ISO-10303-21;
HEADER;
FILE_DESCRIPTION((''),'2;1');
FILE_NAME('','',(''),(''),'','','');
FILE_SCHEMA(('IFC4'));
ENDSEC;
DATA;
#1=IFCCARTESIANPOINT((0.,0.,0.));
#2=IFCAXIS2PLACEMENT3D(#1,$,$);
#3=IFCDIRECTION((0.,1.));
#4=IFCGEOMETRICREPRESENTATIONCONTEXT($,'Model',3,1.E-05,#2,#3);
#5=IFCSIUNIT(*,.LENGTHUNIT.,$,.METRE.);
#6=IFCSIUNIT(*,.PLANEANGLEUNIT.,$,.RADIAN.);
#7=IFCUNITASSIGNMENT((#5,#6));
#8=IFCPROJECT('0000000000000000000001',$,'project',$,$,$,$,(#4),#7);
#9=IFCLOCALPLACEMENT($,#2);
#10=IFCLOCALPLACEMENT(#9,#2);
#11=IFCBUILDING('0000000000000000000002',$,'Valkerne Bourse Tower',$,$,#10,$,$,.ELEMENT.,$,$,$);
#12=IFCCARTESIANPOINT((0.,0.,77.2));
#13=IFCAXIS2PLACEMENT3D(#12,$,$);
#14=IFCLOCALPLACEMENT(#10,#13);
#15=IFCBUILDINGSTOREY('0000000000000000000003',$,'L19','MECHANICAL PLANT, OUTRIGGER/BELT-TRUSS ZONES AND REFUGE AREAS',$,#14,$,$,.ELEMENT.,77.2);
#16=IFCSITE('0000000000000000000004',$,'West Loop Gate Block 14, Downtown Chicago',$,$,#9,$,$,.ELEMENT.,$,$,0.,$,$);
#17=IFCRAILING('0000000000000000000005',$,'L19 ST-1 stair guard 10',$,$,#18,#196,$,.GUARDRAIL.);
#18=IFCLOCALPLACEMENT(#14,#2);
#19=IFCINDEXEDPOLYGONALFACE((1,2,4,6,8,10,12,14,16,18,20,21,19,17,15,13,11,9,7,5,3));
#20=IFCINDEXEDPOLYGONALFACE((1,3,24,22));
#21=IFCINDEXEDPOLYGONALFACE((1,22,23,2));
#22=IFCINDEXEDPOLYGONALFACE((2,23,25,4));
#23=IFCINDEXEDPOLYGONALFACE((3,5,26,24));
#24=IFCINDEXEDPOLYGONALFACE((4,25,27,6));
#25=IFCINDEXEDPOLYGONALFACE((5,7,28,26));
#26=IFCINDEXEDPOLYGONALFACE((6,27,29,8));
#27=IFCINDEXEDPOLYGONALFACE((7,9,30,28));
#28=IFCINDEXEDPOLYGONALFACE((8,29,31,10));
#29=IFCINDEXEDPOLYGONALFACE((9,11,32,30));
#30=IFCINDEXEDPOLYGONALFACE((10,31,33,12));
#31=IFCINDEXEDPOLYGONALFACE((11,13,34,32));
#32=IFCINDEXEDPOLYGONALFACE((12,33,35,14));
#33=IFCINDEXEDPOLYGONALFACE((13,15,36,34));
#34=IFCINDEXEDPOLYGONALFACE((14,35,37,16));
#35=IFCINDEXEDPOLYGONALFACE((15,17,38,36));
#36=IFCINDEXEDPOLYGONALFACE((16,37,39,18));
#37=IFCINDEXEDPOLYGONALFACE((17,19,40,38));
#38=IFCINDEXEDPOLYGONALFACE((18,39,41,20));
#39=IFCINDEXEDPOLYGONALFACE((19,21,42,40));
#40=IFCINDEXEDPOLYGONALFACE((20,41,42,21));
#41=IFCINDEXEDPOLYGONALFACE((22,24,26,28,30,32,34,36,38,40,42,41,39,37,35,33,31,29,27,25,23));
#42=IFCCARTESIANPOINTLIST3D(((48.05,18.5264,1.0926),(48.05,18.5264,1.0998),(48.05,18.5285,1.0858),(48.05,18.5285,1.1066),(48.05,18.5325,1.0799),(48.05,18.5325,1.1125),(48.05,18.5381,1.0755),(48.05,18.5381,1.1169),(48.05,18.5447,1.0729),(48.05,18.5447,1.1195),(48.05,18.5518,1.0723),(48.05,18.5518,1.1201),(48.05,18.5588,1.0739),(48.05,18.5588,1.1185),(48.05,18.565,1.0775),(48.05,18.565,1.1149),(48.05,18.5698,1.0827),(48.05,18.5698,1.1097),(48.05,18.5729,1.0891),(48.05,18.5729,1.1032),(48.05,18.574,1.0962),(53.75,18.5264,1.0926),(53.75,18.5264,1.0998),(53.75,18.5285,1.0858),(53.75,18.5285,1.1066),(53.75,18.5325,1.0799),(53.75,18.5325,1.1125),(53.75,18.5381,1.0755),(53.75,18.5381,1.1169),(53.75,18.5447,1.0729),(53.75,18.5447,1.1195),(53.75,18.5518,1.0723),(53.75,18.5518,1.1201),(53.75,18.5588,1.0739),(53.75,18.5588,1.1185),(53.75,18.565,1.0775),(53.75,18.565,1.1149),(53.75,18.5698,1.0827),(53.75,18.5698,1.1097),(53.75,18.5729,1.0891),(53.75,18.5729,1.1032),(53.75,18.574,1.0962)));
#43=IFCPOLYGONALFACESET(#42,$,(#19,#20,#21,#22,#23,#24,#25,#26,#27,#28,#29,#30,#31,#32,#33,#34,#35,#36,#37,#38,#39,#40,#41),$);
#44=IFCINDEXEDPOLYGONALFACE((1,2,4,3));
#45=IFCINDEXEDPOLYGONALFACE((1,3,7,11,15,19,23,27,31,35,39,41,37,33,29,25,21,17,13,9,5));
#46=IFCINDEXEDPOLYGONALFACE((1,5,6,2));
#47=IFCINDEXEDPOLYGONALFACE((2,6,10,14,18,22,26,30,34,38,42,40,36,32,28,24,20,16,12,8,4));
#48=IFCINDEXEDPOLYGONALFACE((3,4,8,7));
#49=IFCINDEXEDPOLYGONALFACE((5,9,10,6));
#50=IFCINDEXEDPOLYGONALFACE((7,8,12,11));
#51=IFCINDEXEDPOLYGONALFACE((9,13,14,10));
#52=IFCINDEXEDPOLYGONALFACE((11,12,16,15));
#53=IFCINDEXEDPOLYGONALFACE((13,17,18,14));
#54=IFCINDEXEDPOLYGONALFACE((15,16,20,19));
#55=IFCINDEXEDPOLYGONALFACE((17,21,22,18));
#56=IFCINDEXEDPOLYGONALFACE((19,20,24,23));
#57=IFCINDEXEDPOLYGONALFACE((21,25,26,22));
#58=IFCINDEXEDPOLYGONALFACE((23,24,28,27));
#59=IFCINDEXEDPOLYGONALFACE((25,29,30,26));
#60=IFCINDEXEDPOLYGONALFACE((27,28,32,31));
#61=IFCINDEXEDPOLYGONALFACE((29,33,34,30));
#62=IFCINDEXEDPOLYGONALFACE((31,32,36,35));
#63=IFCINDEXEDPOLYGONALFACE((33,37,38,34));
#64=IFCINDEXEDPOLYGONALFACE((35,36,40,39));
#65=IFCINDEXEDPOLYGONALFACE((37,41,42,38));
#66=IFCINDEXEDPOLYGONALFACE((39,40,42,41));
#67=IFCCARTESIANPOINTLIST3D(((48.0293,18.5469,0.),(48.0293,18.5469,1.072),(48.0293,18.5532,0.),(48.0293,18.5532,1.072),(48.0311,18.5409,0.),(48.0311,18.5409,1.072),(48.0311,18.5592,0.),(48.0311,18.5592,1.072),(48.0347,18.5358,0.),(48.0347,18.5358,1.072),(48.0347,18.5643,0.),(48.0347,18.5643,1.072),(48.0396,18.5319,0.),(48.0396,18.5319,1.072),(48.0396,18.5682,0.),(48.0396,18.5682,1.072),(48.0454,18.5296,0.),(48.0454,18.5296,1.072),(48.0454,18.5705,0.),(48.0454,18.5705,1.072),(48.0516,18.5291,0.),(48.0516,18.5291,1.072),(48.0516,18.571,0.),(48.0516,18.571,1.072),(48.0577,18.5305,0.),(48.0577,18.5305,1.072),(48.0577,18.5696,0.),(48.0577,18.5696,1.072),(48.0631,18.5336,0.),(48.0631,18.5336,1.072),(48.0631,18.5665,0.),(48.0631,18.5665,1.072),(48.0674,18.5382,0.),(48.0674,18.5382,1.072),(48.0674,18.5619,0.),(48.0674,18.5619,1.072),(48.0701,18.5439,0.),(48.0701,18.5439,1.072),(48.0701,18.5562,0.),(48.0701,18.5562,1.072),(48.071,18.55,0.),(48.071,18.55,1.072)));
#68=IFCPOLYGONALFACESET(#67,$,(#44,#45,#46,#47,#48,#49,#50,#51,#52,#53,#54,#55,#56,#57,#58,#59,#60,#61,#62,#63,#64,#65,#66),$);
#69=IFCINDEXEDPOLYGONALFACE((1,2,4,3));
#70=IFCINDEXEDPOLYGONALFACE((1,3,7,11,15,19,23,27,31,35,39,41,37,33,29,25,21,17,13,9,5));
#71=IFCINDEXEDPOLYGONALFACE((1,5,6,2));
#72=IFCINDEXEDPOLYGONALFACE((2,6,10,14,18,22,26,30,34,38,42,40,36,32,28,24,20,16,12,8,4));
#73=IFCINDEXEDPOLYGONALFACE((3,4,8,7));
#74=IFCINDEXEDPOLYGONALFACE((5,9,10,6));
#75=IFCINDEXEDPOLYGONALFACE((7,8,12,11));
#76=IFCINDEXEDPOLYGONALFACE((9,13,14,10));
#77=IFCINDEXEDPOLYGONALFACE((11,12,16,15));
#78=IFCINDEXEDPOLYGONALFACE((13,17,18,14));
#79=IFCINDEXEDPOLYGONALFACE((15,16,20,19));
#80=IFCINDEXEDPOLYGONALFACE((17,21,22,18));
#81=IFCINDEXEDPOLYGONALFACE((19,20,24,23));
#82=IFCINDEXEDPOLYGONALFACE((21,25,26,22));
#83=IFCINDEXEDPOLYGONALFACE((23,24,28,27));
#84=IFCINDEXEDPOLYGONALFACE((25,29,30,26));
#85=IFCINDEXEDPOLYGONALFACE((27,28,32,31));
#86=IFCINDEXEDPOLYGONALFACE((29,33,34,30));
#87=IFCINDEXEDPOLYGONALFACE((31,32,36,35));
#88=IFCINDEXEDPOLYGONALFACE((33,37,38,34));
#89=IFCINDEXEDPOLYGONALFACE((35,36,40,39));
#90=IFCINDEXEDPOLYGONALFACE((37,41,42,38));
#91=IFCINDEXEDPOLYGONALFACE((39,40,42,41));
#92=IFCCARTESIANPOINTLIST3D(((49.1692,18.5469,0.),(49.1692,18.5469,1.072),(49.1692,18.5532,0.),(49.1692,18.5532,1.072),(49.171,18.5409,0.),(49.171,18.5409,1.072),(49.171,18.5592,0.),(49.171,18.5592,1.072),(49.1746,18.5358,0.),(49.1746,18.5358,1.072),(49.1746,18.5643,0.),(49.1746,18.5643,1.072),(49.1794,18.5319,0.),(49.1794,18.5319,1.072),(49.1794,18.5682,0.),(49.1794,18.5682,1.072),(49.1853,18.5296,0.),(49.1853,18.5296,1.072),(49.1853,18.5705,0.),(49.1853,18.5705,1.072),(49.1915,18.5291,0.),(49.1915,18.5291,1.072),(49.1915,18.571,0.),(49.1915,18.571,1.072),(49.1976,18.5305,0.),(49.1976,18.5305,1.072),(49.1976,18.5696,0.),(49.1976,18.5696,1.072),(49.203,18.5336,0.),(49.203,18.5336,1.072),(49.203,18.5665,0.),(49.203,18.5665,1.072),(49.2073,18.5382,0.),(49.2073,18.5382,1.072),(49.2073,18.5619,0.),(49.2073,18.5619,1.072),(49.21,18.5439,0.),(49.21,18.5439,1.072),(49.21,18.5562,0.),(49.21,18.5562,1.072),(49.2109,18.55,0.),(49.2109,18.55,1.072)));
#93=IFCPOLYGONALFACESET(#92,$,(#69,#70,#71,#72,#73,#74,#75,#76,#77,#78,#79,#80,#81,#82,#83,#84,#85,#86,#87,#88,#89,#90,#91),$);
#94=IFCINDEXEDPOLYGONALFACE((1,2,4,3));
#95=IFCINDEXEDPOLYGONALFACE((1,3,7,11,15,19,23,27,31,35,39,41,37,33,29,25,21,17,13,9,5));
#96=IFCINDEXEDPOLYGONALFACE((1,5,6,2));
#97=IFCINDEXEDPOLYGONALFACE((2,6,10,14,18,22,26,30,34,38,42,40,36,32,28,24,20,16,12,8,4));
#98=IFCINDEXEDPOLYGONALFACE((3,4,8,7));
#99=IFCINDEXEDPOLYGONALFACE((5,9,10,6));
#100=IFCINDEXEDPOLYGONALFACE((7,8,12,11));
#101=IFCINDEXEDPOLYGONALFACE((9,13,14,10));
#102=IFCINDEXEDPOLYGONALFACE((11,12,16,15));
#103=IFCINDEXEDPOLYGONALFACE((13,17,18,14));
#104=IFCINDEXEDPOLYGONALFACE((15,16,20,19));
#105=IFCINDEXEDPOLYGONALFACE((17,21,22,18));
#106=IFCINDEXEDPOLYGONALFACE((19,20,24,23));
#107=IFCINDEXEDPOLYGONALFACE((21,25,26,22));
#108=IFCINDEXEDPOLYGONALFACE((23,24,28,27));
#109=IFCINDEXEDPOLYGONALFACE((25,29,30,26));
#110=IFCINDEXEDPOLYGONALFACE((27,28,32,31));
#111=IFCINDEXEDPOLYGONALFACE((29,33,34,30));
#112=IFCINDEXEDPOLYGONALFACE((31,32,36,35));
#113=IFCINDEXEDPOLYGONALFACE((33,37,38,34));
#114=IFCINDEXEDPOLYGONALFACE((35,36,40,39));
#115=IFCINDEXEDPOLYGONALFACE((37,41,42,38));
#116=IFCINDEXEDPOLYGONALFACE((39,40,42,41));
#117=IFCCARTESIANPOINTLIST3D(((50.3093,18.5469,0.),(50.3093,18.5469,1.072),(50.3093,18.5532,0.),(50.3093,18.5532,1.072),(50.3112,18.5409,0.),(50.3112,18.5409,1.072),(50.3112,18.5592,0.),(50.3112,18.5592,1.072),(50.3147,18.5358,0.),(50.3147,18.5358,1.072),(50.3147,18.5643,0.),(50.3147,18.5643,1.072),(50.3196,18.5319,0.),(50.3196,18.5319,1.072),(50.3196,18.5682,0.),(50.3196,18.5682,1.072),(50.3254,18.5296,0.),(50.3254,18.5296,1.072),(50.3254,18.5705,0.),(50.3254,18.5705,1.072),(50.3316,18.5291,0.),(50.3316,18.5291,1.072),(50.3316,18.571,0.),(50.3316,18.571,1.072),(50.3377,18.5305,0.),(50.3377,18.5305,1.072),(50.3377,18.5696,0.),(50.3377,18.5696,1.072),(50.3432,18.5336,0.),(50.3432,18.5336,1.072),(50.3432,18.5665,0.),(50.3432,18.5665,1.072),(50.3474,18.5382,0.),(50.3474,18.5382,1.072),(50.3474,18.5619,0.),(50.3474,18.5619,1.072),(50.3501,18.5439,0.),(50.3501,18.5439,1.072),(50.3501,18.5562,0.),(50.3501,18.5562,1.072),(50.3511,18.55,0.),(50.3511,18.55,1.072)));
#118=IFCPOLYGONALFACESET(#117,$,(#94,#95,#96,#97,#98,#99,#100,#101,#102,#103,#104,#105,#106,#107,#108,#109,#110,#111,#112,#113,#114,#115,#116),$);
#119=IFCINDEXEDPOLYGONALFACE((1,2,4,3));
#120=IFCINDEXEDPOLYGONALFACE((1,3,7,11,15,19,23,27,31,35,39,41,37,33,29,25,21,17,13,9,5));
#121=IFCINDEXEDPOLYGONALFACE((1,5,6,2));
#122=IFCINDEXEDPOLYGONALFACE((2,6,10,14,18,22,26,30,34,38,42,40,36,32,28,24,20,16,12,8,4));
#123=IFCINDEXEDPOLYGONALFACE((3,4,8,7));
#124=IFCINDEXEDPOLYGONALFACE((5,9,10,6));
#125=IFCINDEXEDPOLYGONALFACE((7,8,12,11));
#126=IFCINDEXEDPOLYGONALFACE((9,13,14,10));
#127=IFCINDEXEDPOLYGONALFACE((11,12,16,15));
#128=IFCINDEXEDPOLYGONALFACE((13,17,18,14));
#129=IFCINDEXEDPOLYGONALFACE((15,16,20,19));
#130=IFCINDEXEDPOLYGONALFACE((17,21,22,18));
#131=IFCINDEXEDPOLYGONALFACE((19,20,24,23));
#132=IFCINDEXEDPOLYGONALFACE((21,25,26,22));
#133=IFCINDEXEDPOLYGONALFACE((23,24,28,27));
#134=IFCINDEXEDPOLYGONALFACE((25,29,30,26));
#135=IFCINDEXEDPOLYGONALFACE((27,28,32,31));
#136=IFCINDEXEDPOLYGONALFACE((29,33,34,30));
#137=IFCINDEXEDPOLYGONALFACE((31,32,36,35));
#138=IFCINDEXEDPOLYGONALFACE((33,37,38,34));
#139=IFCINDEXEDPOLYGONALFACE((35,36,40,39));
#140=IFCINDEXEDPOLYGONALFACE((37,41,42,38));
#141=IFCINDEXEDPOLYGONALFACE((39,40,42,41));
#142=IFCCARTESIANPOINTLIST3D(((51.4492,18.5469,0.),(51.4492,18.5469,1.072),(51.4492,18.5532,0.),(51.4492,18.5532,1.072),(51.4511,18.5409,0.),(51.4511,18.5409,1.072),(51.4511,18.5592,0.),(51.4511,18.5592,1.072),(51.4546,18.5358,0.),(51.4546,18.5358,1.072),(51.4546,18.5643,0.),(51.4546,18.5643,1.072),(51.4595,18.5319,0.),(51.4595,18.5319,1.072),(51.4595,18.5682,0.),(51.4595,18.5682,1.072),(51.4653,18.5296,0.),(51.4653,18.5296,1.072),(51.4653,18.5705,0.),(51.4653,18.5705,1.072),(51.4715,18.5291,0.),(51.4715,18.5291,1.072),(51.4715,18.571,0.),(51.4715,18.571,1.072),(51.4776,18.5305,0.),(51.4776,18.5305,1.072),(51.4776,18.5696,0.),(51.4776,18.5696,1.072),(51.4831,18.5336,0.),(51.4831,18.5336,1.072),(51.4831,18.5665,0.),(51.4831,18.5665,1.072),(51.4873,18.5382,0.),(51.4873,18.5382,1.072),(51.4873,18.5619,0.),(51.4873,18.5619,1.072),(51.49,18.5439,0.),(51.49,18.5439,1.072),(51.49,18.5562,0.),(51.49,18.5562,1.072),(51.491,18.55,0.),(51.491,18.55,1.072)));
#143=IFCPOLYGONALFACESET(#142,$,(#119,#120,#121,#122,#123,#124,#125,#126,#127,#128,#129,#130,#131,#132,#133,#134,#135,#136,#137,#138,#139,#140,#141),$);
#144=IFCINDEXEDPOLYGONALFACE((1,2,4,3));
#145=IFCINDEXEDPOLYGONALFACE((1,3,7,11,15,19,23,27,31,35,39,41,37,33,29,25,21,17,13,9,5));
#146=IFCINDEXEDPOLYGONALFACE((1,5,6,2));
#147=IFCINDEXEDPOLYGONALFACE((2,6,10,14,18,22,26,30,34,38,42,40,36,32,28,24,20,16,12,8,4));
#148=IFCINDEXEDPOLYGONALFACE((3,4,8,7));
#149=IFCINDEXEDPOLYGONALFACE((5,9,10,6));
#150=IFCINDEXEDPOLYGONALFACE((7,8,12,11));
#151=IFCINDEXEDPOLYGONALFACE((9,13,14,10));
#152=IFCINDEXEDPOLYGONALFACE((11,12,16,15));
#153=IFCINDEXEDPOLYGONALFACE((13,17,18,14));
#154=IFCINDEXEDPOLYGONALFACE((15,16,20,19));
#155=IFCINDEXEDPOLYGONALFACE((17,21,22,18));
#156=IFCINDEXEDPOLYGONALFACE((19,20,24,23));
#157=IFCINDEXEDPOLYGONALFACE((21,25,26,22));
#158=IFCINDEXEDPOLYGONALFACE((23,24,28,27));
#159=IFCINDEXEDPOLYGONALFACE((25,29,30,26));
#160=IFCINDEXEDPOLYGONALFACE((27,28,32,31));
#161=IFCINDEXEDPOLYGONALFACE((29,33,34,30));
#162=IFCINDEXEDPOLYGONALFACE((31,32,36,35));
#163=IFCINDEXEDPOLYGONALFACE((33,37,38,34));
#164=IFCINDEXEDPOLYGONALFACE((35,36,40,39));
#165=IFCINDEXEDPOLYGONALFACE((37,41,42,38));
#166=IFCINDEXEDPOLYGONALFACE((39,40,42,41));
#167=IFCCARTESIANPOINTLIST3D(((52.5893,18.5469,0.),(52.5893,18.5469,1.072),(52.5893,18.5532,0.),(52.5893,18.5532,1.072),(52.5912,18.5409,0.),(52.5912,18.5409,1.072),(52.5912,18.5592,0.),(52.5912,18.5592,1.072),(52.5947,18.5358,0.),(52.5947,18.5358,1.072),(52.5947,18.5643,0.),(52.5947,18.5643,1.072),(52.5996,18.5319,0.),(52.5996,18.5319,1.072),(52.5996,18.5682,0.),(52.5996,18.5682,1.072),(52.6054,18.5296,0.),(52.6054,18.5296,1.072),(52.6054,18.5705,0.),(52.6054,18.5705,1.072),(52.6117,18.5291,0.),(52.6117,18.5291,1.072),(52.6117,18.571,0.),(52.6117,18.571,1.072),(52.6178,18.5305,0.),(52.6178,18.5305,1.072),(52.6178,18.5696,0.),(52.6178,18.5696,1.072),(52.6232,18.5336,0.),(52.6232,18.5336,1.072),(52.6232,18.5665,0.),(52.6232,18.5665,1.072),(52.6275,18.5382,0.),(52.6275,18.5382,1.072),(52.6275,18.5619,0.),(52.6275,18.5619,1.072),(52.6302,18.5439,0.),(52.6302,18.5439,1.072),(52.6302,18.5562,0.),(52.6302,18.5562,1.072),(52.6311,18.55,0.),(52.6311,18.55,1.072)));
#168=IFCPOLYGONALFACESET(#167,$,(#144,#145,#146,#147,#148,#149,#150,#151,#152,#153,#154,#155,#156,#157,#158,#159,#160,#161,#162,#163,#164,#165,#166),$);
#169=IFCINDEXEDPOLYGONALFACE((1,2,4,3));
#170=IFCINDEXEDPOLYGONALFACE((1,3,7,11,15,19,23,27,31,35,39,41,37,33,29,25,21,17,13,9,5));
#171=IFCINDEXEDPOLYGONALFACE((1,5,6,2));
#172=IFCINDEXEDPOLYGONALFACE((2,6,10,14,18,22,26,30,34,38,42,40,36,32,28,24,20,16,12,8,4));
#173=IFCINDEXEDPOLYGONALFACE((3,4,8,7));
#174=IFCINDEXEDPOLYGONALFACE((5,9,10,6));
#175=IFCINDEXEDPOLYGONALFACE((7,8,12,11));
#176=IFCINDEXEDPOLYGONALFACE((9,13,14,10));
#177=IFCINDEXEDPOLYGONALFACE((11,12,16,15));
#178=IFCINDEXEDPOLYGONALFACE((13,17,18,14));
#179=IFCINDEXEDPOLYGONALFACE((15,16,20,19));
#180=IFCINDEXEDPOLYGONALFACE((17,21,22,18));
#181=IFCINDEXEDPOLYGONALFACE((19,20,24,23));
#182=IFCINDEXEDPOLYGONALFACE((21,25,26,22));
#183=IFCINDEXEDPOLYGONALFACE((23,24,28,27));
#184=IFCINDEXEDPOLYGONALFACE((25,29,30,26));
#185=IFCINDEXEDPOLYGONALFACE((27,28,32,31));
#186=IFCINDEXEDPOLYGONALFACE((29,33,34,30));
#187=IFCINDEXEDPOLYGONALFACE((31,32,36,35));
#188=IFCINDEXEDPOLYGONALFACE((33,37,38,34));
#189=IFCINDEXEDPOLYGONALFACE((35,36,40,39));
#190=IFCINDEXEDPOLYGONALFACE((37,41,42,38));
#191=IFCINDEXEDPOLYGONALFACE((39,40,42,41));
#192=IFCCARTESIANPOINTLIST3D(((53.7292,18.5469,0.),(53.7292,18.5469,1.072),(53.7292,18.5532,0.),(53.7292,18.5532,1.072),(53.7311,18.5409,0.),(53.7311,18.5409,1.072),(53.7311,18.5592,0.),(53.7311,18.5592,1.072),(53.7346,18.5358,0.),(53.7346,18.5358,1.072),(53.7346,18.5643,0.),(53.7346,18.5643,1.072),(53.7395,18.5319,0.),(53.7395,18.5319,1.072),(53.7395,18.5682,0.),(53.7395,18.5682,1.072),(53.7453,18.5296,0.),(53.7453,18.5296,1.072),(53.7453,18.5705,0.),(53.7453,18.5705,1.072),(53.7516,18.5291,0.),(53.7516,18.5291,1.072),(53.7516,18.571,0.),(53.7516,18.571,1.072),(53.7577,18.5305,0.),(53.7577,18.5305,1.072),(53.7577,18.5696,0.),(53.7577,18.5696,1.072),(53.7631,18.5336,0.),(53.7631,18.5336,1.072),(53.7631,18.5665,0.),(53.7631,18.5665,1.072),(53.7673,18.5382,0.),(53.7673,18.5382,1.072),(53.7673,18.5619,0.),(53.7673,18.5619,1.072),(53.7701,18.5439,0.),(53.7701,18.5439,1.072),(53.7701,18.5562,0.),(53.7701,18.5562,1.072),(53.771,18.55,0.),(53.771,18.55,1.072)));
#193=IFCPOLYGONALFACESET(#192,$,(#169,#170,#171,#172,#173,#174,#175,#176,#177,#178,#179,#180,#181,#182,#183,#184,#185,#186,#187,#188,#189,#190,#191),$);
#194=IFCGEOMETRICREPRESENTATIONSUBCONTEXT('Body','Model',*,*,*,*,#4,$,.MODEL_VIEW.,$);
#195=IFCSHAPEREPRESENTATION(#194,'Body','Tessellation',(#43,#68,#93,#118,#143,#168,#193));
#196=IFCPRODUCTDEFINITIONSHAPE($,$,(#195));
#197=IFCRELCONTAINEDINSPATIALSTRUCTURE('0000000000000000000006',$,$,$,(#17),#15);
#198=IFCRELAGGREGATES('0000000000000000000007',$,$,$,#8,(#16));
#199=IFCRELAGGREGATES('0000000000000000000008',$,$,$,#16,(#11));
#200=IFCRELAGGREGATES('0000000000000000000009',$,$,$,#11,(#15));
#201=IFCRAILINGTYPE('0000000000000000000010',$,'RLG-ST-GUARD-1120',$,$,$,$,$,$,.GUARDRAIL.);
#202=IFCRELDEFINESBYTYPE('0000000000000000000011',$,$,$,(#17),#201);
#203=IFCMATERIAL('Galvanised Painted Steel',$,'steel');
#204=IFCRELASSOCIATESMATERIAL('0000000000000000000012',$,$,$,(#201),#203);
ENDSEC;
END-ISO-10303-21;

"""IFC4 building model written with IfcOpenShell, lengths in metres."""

from ifc_helpers import new_model, si_unit, direction, frame, origin, origin_2d, place, context, subcontext, project, spatial, circle, extrude, material, type_object, element, save


model = new_model("IFC4")

# Units and contexts
model_context = context("Model", 3, precision=1e-05, world=origin(), true_north=direction((0.0, 1.0)))
body_context = subcontext(model_context, "Body", "Model", "MODEL_VIEW")
ifc_project = project(units=[si_unit("LENGTHUNIT", "METRE"), si_unit("PLANEANGLEUNIT", "RADIAN")], contexts=[model_context])

# Site, building, storey
site_placement = place(None, origin())
site = spatial("IfcSite", under=ifc_project, at=site_placement, Name="West Loop Gate Block 14, Downtown Chicago", CompositionType="ELEMENT", RefElevation=0.0)
building_placement = place(site_placement, origin())
building = spatial("IfcBuilding", under=site, at=building_placement, Name="Valkerne Bourse Tower", CompositionType="ELEMENT")
storey_placement = place(building_placement, frame((0.0, 0.0, 77.2)))
storey = spatial("IfcBuildingStorey", under=building, at=storey_placement, Name="L19", Description="MECHANICAL PLANT, OUTRIGGER/BELT-TRUSS ZONES AND REFUGE AREAS", CompositionType="ELEMENT", Elevation=77.2)

# Shared definitions
ifc_material_1 = material(Name="Galvanised Painted Steel", Category="steel")

# Railing
railing_type_1 = type_object("IfcRailingType", Name="RLG-ST-GUARD-1120", PredefinedType="GUARDRAIL", material=ifc_material_1)
railing_1_placement = place(storey_placement, frame((48.05, 18.55, 0.0)))
element("IfcRailing", 1, at=railing_1_placement, inside=storey, type_object=railing_type_1, Name="L19 ST-1 stair guard 10", PredefinedType="GUARDRAIL", context=body_context, shape_type="SweptSolid", body=[
    extrude(circle(Radius=0.0239, at=origin_2d()), frame((0.0, 0.0, 1.0962), z_axis=(1.0, 0.0, 0.0), x_axis=(0.0, 1.0, 0.0)), (0.0, 0.0, 1.0), 5.7),
    extrude(circle(Radius=0.021, at=origin_2d()), origin(), (0.0, 0.0, 1.0), 1.072),
    extrude(circle(Radius=0.021, at=origin_2d()), frame((1.1399, 0.0, 0.0)), (0.0, 0.0, 1.0), 1.072),
    extrude(circle(Radius=0.021, at=origin_2d()), frame((2.28, 0.0, 0.0)), (0.0, 0.0, 1.0), 1.072),
    extrude(circle(Radius=0.021, at=origin_2d()), frame((3.4199, 0.0, 0.0)), (0.0, 0.0, 1.0), 1.072),
    extrude(circle(Radius=0.021, at=origin_2d()), frame((4.5601, 0.0, 0.0)), (0.0, 0.0, 1.0), 1.072),
    extrude(circle(Radius=0.021, at=origin_2d()), frame((5.7, 0.0, 0.0)), (0.0, 0.0, 1.0), 1.072),
])

save(model, "model.ifc")
